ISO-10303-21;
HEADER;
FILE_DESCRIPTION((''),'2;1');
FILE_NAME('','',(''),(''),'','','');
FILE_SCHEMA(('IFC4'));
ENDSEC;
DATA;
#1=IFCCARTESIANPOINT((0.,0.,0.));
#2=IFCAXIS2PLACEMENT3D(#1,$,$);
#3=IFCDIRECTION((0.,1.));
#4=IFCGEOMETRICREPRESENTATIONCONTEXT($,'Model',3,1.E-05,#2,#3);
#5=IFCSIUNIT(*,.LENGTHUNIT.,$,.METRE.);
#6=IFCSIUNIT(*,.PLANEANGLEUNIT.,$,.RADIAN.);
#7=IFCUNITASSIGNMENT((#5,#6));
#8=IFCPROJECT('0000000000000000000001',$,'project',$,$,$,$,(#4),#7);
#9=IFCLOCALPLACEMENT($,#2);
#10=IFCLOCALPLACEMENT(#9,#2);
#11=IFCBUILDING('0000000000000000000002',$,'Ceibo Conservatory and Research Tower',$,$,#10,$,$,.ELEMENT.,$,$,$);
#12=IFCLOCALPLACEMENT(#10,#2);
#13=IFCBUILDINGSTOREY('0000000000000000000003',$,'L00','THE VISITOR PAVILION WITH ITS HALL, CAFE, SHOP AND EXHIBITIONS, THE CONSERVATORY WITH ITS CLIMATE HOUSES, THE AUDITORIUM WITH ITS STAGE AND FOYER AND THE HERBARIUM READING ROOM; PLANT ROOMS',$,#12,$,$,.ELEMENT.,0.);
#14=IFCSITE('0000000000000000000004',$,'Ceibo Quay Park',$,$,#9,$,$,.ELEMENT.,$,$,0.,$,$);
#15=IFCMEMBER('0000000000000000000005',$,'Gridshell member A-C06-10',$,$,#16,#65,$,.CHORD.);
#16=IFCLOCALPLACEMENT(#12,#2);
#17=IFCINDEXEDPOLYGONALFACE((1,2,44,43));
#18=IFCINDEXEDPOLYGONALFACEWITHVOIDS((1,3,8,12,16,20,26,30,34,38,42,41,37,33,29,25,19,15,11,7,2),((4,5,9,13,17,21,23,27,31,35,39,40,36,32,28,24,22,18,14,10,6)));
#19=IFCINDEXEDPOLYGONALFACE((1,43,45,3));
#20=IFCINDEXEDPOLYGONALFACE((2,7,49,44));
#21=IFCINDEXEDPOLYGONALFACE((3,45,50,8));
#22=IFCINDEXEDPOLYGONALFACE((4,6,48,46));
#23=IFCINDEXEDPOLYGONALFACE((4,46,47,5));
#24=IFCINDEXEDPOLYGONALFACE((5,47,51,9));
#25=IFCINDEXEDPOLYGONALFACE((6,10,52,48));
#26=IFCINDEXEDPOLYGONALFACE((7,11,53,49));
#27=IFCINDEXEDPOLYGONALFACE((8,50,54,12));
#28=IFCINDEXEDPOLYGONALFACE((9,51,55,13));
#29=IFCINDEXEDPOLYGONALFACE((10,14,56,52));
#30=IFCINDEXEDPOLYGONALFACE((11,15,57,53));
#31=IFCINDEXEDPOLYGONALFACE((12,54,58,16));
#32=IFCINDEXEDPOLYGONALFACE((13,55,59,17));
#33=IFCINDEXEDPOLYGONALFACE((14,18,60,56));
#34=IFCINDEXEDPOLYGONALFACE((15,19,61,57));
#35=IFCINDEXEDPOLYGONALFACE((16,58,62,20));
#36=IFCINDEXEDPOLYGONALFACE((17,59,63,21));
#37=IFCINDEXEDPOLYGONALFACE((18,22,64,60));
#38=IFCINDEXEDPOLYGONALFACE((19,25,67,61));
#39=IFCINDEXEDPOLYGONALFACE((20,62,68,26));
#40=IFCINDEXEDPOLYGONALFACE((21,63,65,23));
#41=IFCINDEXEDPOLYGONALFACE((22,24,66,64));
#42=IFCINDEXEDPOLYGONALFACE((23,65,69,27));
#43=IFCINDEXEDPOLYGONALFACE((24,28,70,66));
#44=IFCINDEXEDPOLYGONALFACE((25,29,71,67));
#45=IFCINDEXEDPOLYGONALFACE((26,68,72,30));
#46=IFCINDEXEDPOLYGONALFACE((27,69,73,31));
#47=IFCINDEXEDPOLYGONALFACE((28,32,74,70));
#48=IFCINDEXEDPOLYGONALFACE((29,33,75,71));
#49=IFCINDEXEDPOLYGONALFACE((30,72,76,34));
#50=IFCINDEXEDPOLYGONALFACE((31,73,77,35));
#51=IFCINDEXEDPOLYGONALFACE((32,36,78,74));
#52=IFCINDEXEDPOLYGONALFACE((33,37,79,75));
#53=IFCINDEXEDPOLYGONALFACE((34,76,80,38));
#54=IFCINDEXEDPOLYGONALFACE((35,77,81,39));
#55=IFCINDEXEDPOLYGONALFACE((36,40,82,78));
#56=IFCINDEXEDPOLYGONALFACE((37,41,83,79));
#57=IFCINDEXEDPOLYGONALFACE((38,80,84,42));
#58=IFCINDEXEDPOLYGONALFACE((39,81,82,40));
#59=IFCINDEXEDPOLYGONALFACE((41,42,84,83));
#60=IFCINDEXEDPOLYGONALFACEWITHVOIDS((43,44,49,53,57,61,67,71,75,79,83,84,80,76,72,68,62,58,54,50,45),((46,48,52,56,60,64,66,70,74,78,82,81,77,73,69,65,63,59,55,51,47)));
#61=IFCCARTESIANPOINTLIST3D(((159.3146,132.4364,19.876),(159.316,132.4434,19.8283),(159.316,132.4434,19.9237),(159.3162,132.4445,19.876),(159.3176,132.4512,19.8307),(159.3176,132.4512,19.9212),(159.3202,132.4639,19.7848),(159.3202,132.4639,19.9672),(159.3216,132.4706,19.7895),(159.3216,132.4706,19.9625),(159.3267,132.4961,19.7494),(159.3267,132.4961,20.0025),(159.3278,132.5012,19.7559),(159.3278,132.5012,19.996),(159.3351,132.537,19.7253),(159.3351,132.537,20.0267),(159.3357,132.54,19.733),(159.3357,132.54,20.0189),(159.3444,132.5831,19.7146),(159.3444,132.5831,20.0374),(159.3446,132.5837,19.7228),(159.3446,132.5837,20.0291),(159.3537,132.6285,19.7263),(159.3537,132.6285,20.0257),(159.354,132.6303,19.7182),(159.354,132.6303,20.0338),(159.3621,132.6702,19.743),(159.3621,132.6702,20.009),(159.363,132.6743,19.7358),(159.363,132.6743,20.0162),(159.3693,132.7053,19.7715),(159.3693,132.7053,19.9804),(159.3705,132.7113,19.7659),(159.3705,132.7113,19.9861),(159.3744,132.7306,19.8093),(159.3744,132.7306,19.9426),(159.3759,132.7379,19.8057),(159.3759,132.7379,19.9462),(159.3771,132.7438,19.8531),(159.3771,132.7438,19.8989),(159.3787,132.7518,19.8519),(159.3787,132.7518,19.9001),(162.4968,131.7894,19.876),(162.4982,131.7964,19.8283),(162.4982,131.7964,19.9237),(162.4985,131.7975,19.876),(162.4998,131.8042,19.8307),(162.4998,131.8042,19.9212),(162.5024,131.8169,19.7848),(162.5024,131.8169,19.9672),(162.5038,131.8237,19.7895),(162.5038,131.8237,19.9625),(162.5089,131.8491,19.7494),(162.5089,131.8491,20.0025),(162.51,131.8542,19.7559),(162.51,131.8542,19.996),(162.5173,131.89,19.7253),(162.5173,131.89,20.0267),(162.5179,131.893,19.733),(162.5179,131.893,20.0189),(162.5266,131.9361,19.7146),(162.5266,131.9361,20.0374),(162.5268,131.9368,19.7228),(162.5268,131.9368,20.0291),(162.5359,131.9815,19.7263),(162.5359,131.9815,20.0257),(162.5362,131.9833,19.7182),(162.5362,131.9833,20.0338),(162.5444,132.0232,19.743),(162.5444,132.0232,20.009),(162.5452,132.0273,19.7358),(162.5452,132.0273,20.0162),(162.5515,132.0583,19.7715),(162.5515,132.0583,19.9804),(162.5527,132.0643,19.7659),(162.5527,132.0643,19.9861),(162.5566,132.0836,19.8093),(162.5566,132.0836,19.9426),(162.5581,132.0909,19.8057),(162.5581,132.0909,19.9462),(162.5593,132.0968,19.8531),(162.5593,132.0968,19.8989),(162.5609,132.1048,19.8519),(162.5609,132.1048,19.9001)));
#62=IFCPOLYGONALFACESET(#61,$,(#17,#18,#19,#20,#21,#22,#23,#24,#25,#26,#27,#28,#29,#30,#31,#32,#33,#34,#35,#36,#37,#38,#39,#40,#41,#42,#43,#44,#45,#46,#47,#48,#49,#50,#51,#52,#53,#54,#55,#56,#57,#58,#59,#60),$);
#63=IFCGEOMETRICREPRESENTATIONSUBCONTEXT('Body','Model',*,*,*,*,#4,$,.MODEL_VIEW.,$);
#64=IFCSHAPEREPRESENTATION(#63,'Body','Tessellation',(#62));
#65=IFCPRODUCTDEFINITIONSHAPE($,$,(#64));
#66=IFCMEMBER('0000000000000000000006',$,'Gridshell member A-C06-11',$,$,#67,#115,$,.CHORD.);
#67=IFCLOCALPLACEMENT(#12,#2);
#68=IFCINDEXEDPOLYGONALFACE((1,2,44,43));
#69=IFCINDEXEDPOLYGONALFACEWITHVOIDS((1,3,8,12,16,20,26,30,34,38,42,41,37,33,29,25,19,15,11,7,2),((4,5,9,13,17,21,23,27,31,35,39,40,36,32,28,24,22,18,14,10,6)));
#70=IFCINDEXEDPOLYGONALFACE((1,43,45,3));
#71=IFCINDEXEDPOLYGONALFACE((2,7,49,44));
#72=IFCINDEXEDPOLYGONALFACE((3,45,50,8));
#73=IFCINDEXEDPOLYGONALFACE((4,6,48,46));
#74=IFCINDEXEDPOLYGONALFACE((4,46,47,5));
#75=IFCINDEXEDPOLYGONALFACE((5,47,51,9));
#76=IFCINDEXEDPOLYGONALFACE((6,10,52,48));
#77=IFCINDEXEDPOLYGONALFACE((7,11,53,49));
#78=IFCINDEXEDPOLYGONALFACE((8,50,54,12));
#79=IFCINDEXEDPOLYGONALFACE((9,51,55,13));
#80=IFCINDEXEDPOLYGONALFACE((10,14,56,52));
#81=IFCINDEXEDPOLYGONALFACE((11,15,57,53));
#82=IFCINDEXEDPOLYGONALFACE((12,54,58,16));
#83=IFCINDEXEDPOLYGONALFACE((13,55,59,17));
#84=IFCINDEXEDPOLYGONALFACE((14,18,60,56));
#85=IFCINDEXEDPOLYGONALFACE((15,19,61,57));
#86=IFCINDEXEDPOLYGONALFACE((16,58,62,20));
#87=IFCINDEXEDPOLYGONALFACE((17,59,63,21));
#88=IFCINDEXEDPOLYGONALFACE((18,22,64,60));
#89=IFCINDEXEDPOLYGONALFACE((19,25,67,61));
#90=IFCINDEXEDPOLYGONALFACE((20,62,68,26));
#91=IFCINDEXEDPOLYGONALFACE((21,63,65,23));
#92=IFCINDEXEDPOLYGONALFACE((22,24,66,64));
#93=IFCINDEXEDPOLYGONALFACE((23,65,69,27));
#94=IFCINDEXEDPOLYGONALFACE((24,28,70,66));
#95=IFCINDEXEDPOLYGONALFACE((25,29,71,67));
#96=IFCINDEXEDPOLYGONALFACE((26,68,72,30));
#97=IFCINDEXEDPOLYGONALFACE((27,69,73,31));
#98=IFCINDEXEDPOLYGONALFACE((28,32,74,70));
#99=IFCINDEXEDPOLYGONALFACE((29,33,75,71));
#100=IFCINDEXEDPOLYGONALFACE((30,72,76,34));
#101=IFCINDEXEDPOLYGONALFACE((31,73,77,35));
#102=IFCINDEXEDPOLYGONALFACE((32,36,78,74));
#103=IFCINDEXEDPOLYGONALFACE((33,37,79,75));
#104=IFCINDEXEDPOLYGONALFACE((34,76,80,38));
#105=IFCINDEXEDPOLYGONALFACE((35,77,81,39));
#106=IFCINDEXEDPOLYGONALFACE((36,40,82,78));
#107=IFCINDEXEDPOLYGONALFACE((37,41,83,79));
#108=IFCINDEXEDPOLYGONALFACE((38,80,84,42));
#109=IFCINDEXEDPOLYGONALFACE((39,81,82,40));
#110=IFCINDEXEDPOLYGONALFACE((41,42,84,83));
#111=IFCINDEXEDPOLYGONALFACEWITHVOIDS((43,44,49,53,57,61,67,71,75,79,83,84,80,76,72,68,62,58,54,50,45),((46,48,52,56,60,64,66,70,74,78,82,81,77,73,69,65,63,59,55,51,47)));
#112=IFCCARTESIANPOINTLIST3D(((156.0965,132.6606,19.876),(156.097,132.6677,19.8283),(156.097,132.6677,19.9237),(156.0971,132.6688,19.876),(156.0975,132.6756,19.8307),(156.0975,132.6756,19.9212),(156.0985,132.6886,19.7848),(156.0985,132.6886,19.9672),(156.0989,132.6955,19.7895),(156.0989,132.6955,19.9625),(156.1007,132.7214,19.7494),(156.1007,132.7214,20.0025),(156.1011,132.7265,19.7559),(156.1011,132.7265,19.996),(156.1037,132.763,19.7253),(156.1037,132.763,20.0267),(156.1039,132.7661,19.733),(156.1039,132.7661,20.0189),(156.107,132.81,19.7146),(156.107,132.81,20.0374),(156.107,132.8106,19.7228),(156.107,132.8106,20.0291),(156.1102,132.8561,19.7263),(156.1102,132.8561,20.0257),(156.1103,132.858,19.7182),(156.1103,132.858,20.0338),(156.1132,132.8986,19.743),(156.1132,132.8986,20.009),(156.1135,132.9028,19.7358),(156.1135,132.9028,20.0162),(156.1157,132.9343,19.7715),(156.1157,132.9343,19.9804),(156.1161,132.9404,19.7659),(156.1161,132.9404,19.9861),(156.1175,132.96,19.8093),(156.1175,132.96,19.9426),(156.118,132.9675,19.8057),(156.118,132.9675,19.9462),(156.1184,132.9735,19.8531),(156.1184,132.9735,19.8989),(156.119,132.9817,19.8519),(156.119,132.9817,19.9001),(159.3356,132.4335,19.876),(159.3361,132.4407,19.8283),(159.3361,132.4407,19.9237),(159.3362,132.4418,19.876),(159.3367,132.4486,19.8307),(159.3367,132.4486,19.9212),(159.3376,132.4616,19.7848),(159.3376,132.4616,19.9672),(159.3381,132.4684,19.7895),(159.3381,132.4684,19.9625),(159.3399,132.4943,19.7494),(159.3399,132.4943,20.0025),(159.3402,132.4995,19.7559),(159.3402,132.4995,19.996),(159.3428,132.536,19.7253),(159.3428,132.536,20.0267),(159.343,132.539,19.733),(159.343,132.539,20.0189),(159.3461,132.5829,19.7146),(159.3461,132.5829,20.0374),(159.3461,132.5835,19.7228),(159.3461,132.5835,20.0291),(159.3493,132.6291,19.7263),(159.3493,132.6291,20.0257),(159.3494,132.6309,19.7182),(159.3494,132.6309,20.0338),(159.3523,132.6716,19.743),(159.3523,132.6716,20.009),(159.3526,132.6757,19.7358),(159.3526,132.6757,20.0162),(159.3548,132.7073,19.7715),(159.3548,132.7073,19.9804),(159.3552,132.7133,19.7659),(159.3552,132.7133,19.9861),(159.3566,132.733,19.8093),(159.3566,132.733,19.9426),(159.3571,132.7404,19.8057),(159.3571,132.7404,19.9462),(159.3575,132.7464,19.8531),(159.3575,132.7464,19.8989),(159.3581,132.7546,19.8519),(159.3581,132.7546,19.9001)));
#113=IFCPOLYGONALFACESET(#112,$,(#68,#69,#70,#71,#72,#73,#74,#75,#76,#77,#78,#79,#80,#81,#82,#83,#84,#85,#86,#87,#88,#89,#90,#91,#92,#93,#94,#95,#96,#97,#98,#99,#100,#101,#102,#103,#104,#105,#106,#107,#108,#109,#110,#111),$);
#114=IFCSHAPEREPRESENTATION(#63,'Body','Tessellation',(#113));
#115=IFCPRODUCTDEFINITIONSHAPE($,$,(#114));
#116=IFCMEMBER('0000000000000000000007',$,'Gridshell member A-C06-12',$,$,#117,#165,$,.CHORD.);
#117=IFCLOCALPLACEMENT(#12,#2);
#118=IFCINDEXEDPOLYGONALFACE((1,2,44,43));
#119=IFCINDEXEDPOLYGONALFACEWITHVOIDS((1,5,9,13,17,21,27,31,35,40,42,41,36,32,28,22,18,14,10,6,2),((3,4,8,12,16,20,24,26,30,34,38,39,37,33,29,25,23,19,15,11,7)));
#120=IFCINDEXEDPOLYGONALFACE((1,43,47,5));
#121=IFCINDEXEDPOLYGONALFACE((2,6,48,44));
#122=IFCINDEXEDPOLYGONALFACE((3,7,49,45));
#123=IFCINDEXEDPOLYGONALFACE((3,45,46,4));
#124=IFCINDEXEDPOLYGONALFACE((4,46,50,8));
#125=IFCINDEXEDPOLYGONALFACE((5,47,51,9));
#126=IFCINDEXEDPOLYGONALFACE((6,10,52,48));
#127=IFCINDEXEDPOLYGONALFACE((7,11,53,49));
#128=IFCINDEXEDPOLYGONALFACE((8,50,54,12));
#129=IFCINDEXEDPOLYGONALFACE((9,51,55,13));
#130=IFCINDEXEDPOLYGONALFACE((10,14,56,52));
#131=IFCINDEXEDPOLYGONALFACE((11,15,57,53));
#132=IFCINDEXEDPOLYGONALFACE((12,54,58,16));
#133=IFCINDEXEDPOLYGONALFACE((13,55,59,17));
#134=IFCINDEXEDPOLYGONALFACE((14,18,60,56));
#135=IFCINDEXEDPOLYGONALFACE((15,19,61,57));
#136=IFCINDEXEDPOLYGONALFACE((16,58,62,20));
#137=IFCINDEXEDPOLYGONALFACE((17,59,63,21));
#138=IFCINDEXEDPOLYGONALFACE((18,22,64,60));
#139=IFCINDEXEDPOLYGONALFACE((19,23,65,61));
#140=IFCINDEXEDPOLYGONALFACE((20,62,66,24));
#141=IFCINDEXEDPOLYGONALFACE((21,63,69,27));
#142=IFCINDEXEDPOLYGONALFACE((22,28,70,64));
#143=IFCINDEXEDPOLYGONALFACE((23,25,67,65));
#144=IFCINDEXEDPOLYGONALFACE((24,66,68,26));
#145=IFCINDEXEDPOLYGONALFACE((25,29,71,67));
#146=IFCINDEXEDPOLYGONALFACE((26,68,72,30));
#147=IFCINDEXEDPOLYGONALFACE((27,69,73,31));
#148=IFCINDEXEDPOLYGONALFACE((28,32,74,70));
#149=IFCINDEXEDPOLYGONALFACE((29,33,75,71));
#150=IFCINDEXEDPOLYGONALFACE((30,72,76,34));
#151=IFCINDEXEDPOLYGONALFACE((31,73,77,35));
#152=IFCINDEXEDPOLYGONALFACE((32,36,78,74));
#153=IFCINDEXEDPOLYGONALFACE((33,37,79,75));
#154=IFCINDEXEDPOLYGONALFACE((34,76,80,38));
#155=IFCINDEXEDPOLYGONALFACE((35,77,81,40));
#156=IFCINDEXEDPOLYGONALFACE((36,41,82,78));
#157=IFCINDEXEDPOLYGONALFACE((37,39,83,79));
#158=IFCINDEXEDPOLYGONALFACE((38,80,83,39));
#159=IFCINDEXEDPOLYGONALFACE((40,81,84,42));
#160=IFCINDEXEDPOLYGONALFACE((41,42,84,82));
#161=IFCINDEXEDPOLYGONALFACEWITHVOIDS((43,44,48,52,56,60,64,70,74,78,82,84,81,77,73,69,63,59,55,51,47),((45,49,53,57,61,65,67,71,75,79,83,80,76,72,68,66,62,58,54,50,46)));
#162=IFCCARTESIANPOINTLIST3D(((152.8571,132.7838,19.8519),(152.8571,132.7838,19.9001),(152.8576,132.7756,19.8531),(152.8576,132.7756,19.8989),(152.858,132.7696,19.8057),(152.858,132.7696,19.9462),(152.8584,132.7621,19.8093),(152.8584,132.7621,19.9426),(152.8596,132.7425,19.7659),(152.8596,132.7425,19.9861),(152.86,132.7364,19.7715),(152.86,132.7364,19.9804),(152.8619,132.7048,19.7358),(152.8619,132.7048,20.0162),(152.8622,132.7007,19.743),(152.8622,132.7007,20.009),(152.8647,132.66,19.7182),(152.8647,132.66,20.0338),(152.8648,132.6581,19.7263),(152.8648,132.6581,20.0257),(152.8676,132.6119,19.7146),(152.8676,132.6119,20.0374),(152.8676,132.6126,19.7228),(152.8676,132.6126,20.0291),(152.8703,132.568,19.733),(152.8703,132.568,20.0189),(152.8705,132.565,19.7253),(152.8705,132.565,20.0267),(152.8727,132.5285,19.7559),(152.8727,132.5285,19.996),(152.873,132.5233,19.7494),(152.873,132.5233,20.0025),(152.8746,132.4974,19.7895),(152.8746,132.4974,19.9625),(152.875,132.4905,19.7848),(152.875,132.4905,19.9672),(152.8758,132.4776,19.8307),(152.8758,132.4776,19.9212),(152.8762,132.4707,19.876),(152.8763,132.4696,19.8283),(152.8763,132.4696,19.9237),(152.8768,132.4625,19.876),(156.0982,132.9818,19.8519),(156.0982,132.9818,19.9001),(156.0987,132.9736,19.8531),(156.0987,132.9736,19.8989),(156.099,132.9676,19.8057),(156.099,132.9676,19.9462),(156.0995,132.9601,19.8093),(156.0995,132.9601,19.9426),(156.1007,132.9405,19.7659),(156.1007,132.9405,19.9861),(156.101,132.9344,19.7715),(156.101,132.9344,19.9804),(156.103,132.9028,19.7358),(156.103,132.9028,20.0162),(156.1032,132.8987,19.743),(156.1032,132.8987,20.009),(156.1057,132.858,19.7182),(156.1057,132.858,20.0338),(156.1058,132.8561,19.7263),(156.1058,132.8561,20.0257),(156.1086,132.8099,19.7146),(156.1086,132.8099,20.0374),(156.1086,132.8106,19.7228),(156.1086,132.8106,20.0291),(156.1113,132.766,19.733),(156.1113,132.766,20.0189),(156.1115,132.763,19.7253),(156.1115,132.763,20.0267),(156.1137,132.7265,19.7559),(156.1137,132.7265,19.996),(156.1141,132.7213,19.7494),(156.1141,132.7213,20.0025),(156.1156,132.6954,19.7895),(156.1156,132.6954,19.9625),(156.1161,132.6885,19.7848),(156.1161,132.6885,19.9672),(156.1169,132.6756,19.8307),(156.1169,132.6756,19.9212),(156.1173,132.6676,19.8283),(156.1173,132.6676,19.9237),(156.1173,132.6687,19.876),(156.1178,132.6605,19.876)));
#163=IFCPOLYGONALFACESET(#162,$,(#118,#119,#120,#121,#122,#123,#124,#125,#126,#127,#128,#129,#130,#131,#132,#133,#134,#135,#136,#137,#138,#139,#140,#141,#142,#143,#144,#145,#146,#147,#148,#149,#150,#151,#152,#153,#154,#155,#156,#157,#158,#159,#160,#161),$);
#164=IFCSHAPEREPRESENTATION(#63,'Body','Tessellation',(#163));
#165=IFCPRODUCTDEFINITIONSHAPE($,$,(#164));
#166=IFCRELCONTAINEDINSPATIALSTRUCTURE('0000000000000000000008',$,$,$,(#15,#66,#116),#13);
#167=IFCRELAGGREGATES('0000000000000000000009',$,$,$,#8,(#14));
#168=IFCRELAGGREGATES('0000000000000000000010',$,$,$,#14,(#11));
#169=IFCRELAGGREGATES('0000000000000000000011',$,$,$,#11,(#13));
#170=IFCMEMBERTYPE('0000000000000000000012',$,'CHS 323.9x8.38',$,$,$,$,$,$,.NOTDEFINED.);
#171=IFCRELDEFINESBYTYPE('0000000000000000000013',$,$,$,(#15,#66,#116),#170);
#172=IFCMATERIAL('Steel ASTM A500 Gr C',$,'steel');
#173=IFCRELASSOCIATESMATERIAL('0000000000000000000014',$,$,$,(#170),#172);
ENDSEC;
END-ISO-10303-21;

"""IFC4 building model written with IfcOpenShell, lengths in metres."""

from ifc_helpers import new_model, si_unit, direction, frame, origin, origin_2d, place, context, subcontext, project, spatial, hollow_circle, extrude, material, material_profile, profile_set, type_object, element, save


model = new_model("IFC4")

# Units and contexts
model_context = context("Model", 3, precision=1e-05, world=origin(), true_north=direction((0.0, 1.0)))
body_context = subcontext(model_context, "Body", "Model", "MODEL_VIEW")
ifc_project = project(units=[si_unit("LENGTHUNIT", "METRE"), si_unit("PLANEANGLEUNIT", "RADIAN")], contexts=[model_context])

# Site, building, storey
site_placement = place(None, origin())
site = spatial("IfcSite", under=ifc_project, at=site_placement, Name="Ceibo Quay Park", CompositionType="ELEMENT", RefElevation=0.0)
building_placement = place(site_placement, origin())
building = spatial("IfcBuilding", under=site, at=building_placement, Name="Ceibo Conservatory and Research Tower", CompositionType="ELEMENT")
storey_placement = place(building_placement, origin())
storey = spatial("IfcBuildingStorey", under=building, at=storey_placement, Name="L00", Description="THE VISITOR PAVILION WITH ITS HALL, CAFE, SHOP AND EXHIBITIONS, THE CONSERVATORY WITH ITS CLIMATE HOUSES, THE AUDITORIUM WITH ITS STAGE AND FOYER AND THE HERBARIUM READING ROOM; PLANT ROOMS", CompositionType="ELEMENT", Elevation=0.0)

# Members
ifc_material_1 = material(Name="Steel ASTM A500 Gr C", Category="steel")
ifc_material_profile_1 = material_profile(ifc_material_1, hollow_circle(Radius=0.1619, WallThickness=0.0083, at=origin_2d()), Name="CHS 323.9x8.38")
ifc_profile_set_1 = profile_set([ifc_material_profile_1], Name="Steel ASTM A500 Gr C")
member_type_1 = type_object("IfcMemberType", Name="CHS 323.9x8.38", PredefinedType="NOTDEFINED", material=ifc_profile_set_1)
member_1_placement = place(storey_placement, frame((162.5291, 131.948, 19.876), z_axis=(-0.979951, 0.199238, 0.0), x_axis=(-0.199238, -0.979951, 0.0)))
element("IfcMember", 1, at=member_1_placement, inside=storey, type_object=member_type_1, Name="Gridshell member A-C06-10", PredefinedType="CHORD", context=body_context, shape_type="SweptSolid", body=[
    extrude(hollow_circle(Radius=0.1619, WallThickness=0.0083, at=origin_2d()), origin(), (0.0, 0.0, 1.0), 3.2473),
])
for number, where, z_axis, x_axis, name in (
    (2, (159.3469, 132.595, 19.876), (-0.997552, 0.069927, 0.0), (-0.069927, -0.997552, 0.0), "Gridshell member A-C06-11"),
    (3, (156.1079, 132.822, 19.876), (-0.998139, -0.060979, 0.0), (0.060979, -0.998139, 0.0), "Gridshell member A-C06-12"),
):
    element("IfcMember", number, at=place(storey_placement, frame(where, z_axis=z_axis, x_axis=x_axis)), inside=storey, type_object=member_type_1, Name=name, PredefinedType="CHORD", context=body_context, shape_type="SweptSolid", body=[
        extrude(hollow_circle(Radius=0.1619, WallThickness=0.0083, at=origin_2d()), origin(), (0.0, 0.0, 1.0), 3.2471),
    ])

save(model, "model.ifc")
